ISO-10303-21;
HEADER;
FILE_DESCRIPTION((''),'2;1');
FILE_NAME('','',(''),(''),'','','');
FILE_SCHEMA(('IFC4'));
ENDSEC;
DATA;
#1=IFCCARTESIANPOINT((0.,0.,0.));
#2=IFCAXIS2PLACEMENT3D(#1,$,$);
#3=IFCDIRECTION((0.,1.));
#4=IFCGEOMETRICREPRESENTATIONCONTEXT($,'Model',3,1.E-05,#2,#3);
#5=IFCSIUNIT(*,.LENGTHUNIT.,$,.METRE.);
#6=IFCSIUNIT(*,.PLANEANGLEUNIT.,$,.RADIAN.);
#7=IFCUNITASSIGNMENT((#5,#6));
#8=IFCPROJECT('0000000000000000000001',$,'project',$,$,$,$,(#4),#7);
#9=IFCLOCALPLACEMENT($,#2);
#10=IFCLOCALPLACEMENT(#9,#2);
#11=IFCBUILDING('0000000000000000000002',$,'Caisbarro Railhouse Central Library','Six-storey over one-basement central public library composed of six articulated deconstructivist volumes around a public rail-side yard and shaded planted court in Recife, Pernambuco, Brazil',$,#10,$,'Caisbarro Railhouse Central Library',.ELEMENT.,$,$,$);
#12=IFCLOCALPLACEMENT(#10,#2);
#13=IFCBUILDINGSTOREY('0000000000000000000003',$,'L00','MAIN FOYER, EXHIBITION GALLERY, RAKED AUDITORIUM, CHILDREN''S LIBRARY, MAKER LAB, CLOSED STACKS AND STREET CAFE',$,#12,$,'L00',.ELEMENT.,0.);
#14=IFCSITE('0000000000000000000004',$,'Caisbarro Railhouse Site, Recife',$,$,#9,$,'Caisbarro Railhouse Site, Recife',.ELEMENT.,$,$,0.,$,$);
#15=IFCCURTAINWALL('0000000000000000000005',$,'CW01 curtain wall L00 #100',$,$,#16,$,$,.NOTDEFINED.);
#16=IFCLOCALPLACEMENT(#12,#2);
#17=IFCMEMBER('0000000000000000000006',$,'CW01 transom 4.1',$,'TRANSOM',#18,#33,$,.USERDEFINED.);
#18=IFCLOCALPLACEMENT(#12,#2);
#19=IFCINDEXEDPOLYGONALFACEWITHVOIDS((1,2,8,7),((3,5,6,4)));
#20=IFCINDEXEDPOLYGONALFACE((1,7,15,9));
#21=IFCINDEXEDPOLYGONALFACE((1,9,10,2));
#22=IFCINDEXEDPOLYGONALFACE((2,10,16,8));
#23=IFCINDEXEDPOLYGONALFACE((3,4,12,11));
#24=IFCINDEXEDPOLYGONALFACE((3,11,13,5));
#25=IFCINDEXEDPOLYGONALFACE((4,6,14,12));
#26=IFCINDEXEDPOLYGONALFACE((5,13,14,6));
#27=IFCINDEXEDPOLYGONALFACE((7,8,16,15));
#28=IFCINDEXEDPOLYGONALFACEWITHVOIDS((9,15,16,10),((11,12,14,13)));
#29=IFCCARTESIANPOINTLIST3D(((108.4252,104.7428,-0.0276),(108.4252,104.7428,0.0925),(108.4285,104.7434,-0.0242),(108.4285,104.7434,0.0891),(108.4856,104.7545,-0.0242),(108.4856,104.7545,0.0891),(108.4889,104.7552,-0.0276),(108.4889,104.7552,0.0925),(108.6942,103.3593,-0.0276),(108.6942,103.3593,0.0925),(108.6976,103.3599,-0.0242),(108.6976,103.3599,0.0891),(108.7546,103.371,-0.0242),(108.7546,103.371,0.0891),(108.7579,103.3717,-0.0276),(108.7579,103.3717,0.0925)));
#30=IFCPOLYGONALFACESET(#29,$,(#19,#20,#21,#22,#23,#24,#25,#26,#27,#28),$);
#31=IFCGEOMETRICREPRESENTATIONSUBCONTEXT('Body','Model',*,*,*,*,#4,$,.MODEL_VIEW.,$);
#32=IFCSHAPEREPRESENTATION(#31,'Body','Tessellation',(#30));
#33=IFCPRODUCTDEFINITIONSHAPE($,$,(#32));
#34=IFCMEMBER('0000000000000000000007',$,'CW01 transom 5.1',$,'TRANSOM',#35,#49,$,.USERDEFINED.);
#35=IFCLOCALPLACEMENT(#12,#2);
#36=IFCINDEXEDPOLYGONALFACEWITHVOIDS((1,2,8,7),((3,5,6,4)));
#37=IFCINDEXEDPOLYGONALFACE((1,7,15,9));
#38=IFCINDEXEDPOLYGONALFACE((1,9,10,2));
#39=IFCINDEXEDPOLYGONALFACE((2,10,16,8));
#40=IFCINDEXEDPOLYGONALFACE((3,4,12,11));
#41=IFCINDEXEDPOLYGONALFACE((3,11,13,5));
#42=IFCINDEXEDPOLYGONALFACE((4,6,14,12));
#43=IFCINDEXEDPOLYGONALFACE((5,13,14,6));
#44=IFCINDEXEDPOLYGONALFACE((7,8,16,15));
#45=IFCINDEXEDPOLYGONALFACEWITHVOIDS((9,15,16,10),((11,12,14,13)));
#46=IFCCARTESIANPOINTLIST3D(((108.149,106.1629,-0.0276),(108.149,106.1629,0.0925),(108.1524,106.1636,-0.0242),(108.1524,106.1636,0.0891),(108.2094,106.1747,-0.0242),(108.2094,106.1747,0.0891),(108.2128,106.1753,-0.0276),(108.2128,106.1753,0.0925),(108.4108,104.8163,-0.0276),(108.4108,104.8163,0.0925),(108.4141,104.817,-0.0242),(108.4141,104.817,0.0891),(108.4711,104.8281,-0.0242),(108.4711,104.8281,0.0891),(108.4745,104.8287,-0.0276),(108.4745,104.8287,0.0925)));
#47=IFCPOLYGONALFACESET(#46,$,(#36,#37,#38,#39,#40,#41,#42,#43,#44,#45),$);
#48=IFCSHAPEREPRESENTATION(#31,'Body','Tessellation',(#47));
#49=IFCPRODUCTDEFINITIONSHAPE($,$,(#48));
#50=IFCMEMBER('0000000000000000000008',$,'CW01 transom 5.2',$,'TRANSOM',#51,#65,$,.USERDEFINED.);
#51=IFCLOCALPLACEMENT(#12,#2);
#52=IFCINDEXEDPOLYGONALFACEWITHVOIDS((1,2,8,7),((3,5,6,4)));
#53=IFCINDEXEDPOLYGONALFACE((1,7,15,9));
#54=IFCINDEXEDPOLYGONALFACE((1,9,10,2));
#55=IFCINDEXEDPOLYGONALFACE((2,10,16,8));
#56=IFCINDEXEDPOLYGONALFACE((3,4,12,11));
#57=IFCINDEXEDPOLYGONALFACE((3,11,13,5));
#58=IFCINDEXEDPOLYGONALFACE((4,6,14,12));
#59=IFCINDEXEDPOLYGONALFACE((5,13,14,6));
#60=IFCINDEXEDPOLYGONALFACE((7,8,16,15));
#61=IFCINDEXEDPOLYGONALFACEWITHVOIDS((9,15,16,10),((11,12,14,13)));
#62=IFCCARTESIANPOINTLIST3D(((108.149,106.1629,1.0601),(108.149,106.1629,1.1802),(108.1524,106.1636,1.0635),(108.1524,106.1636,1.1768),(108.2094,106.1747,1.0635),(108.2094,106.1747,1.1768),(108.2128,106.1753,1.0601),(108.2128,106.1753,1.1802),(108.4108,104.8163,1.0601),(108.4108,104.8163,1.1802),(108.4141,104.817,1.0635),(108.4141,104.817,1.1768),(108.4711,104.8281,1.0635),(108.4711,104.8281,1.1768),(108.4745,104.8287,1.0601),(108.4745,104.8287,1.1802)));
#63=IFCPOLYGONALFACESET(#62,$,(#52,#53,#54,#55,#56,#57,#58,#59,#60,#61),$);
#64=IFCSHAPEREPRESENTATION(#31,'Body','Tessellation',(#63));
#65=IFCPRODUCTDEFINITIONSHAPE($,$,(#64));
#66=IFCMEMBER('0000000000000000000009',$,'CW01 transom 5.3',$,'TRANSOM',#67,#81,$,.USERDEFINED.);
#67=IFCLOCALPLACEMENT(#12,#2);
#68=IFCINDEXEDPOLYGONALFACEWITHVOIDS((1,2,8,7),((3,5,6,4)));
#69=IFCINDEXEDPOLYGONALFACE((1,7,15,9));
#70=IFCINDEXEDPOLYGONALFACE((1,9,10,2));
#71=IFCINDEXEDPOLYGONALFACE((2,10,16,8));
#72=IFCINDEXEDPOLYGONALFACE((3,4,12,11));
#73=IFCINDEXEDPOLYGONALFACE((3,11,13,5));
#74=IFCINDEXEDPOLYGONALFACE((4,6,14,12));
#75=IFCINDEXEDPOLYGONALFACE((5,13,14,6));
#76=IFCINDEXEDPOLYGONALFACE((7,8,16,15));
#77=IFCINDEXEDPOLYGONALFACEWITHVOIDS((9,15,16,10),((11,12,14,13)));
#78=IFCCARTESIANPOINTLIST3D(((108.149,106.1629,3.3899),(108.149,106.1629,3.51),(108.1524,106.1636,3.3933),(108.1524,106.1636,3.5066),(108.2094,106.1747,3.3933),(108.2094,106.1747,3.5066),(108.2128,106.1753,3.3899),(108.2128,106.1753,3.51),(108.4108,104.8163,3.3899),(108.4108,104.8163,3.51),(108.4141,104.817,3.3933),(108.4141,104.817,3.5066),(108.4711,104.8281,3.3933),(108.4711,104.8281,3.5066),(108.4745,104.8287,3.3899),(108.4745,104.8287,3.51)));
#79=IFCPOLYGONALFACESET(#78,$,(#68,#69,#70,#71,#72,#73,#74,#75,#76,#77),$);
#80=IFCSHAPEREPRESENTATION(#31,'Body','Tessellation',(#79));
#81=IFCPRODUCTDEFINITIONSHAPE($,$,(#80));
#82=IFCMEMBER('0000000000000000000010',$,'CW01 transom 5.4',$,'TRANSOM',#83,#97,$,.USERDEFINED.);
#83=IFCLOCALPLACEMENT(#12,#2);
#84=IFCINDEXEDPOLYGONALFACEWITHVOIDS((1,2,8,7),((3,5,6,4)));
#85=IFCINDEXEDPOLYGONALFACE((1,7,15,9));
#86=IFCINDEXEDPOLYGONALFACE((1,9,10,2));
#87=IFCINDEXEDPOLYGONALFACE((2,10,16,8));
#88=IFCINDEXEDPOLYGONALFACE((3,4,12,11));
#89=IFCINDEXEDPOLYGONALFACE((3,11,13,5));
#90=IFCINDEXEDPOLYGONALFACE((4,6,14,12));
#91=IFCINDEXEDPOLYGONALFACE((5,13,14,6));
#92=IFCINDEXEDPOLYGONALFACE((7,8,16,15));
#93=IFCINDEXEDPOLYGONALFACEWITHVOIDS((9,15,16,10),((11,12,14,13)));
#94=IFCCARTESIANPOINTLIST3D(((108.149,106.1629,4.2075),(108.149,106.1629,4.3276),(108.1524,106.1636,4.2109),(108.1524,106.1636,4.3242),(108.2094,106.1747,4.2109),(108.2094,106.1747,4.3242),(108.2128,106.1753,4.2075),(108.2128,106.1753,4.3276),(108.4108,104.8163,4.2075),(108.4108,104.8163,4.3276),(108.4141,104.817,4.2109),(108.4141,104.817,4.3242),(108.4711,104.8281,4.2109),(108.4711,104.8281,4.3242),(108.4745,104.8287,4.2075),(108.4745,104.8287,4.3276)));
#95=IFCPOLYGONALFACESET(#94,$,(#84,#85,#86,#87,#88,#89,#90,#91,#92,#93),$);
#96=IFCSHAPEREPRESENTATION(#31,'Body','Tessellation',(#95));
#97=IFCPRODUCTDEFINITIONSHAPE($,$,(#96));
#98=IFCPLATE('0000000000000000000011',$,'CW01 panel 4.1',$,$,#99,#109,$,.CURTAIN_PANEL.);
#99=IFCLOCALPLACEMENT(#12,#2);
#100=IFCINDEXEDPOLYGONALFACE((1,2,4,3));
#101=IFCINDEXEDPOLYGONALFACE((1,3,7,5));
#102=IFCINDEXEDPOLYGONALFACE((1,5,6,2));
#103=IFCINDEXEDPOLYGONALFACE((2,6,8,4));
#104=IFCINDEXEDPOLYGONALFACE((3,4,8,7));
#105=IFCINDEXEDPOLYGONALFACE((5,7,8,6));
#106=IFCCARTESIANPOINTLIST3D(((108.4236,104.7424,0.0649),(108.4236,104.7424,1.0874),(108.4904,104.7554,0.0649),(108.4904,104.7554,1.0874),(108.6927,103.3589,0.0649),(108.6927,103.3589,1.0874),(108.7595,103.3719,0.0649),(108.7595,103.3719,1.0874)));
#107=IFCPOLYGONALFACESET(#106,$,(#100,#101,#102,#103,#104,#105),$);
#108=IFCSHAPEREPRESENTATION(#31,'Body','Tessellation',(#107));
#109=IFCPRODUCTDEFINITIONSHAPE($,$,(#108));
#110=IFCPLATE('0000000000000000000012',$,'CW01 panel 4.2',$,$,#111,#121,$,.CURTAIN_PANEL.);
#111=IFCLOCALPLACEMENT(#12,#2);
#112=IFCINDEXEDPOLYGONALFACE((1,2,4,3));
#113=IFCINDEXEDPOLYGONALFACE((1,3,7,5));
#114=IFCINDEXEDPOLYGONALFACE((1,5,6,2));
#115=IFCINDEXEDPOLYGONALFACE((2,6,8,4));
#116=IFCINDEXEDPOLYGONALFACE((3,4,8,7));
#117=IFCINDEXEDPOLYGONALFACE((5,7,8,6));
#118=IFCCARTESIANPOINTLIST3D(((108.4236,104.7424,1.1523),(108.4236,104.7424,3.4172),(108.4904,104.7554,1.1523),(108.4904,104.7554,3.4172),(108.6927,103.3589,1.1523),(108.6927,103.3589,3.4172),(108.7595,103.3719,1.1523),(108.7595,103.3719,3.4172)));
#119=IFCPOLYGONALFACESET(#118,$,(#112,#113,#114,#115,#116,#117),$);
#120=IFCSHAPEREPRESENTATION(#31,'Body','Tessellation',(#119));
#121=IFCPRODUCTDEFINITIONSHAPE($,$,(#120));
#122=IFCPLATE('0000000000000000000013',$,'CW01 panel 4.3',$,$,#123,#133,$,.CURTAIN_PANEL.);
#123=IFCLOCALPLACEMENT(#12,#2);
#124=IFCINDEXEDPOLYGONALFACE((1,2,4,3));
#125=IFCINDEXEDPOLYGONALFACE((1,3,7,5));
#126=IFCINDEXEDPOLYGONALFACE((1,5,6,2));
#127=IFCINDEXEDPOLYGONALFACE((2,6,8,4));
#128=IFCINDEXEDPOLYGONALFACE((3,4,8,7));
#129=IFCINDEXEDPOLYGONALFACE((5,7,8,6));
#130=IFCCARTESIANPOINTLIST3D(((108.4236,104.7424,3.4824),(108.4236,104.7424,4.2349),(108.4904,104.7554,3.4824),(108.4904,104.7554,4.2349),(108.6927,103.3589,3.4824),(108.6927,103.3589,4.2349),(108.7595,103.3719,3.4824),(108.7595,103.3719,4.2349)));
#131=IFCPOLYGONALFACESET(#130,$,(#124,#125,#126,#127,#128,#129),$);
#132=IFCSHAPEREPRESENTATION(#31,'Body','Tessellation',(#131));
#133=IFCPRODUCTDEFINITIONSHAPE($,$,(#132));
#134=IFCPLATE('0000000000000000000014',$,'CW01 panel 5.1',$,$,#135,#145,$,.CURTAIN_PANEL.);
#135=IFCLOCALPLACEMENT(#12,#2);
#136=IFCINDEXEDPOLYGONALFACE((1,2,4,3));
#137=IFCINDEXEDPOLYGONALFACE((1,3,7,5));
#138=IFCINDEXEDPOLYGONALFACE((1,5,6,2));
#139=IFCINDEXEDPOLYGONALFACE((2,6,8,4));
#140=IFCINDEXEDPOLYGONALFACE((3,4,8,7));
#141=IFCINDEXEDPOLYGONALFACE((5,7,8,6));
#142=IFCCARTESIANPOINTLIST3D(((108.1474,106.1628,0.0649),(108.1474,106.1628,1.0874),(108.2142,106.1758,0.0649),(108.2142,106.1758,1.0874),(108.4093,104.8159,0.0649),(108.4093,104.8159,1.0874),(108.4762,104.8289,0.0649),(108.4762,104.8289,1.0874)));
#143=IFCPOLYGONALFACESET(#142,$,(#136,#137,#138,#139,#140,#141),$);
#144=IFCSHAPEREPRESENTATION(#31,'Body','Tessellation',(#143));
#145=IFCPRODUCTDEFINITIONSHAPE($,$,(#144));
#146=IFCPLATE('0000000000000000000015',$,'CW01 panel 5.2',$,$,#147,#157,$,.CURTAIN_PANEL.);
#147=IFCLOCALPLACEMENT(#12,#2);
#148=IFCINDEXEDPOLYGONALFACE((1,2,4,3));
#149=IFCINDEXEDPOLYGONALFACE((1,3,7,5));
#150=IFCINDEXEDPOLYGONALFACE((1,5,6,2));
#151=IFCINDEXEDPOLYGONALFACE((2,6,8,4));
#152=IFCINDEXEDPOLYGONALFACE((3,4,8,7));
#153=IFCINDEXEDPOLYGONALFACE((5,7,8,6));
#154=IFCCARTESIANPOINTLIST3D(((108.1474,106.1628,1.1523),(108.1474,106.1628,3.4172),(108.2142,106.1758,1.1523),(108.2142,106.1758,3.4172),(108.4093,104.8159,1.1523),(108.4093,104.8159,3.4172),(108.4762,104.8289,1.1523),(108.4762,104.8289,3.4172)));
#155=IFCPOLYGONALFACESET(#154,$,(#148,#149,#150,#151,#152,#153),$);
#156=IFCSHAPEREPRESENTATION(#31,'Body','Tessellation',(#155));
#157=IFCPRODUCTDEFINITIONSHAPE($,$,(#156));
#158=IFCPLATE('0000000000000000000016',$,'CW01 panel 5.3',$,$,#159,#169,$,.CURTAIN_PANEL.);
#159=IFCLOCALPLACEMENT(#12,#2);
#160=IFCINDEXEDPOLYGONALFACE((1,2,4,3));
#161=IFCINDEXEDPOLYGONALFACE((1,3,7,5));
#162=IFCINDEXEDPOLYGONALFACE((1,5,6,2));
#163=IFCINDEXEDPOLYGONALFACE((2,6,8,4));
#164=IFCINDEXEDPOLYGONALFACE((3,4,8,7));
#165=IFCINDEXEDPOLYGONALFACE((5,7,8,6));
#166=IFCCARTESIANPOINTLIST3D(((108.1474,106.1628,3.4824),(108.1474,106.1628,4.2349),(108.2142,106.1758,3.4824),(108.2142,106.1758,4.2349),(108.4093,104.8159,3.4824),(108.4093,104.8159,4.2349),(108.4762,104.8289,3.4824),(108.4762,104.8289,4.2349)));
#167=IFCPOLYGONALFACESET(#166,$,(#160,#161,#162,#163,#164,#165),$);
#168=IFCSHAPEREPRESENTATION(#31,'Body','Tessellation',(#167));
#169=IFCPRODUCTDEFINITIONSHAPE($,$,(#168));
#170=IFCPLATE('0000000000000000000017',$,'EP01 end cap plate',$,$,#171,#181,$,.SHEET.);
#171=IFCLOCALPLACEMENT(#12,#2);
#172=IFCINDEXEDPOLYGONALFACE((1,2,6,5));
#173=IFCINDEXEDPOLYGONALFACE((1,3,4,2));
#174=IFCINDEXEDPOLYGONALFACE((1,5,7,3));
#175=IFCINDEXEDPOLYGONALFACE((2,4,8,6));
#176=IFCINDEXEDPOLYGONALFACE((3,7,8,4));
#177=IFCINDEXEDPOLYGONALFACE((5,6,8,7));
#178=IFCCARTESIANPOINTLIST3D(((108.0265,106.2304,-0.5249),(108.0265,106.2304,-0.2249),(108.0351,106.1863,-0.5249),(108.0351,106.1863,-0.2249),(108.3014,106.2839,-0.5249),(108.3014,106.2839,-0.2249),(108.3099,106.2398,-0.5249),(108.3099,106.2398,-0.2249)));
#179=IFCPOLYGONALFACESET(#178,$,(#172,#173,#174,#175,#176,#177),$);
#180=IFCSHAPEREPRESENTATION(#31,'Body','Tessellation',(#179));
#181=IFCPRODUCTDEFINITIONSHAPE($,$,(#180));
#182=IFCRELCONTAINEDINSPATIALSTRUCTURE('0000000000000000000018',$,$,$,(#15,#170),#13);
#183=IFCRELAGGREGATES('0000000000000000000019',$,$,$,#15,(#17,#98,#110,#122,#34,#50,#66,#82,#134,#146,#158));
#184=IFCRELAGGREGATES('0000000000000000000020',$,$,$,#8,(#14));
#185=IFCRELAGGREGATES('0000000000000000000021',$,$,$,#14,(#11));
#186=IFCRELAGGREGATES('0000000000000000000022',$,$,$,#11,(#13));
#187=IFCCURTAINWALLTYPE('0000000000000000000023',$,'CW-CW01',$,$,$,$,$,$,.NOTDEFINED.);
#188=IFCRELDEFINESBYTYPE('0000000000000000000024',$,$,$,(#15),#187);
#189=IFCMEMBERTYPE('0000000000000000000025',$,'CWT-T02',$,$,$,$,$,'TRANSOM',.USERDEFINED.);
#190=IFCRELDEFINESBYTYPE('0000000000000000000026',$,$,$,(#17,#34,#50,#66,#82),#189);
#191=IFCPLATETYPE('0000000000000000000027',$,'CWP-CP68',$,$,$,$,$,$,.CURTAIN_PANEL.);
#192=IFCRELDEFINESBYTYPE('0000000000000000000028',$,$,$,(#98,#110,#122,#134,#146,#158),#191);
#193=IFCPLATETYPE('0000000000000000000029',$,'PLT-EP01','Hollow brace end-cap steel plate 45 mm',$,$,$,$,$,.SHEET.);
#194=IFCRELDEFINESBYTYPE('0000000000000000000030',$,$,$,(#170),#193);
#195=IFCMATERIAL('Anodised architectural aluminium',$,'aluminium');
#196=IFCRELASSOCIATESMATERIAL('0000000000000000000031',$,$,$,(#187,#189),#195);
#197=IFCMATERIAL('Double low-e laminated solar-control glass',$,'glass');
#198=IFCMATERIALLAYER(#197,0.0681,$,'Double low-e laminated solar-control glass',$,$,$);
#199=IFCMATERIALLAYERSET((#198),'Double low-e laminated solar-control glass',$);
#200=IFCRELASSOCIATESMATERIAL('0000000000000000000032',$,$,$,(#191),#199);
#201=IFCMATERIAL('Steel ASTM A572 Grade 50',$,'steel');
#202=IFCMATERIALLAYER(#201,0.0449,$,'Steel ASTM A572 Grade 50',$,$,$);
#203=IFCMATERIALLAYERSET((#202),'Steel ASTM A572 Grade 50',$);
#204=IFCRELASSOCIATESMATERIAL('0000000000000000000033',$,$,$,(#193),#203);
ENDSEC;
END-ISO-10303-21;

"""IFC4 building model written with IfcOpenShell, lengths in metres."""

from ifc_helpers import new_model, si_unit, direction, frame, origin, origin_2d, place, context, subcontext, project, spatial, rectangle, hollow_rectangle, extrude, material, layer, layer_set, material_profile, profile_set, type_object, element, aggregate, save


model = new_model("IFC4")

# Units and contexts
model_context = context("Model", 3, precision=1e-05, world=origin(), true_north=direction((0.0, 1.0)))
body_context = subcontext(model_context, "Body", "Model", "MODEL_VIEW")
ifc_project = project(units=[si_unit("LENGTHUNIT", "METRE"), si_unit("PLANEANGLEUNIT", "RADIAN")], contexts=[model_context])

# Site, building, storey
site_placement = place(None, origin())
site = spatial("IfcSite", under=ifc_project, at=site_placement, Name="Caisbarro Railhouse Site, Recife", LongName="Caisbarro Railhouse Site, Recife", CompositionType="ELEMENT", RefElevation=0.0)
building_placement = place(site_placement, origin())
building = spatial("IfcBuilding", under=site, at=building_placement, Name="Caisbarro Railhouse Central Library", Description="Six-storey over one-basement central public library composed of six articulated deconstructivist volumes around a public rail-side yard and shaded planted court in Recife, Pernambuco, Brazil", LongName="Caisbarro Railhouse Central Library", CompositionType="ELEMENT")
storey_placement = place(building_placement, origin())
storey = spatial("IfcBuildingStorey", under=building, at=storey_placement, Name="L00", Description="MAIN FOYER, EXHIBITION GALLERY, RAKED AUDITORIUM, CHILDREN'S LIBRARY, MAKER LAB, CLOSED STACKS AND STREET CAFE", LongName="L00", CompositionType="ELEMENT", Elevation=0.0)

# Shared definitions
ifc_material_1 = material(Name="Steel ASTM A572 Grade 50", Category="steel")

# Curtain wall, members, plates
ifc_material_2 = material(Name="Anodised architectural aluminium", Category="aluminium")
curtain_wall_type = type_object("IfcCurtainWallType", Name="CW-CW01", PredefinedType="NOTDEFINED", material=ifc_material_2)
curtain_wall_placement = place(storey_placement, origin())
curtain_wall = element("IfcCurtainWall", 1, at=curtain_wall_placement, inside=storey, type_object=curtain_wall_type, Name="CW01 curtain wall L00 #100", PredefinedType="NOTDEFINED")
ifc_material_profile_1 = material_profile(ifc_material_2, hollow_rectangle(XDim=0.0649, YDim=0.1201, WallThickness=0.0034, at=origin_2d()), Name="ALU-TRN-65X120")
ifc_profile_set_1 = profile_set([ifc_material_profile_1], Name="Anodised architectural aluminium")
member_type_1 = type_object("IfcMemberType", Name="CWT-T02", ElementType="TRANSOM", PredefinedType="USERDEFINED", material=ifc_profile_set_1)
member_1_placement = place(storey_placement, frame((108.7261, 103.3655, 0.0325), z_axis=(-0.190884, 0.981613, 0.0), x_axis=(-0.981613, -0.190884, 0.0)))
member_1 = element("IfcMember", 2, at=member_1_placement, type_object=member_type_1, Name="CW01 transom 4.1", ObjectType="TRANSOM", PredefinedType="USERDEFINED", context=body_context, shape_type="SweptSolid", body=[
    extrude(hollow_rectangle(XDim=0.0649, YDim=0.1201, WallThickness=0.0034, at=origin_2d()), origin(), (0.0, 0.0, 1.0), 1.4094),
])
member_2_placement = place(storey_placement, frame((108.4426, 104.8225, 0.0325), z_axis=(-0.190774, 0.981634, 0.0), x_axis=(-0.981634, -0.190774, 0.0)))
member_2 = element("IfcMember", 3, at=member_2_placement, type_object=member_type_1, Name="CW01 transom 5.1", ObjectType="TRANSOM", PredefinedType="USERDEFINED", context=body_context, shape_type="SweptSolid", body=[
    extrude(hollow_rectangle(XDim=0.0649, YDim=0.1201, WallThickness=0.0034, at=origin_2d()), origin(), (0.0, 0.0, 1.0), 1.3718),
])
member_3_placement = place(storey_placement, frame((108.4426, 104.8225, 1.1201), z_axis=(-0.190774, 0.981634, 0.0), x_axis=(-0.981634, -0.190774, 0.0)))
member_3 = element("IfcMember", 4, at=member_3_placement, type_object=member_type_1, Name="CW01 transom 5.2", ObjectType="TRANSOM", PredefinedType="USERDEFINED", context=body_context, shape_type="SweptSolid", body=[
    extrude(hollow_rectangle(XDim=0.0649, YDim=0.1201, WallThickness=0.0034, at=origin_2d()), origin(), (0.0, 0.0, 1.0), 1.3718),
])
member_4_placement = place(storey_placement, frame((108.4426, 104.8225, 3.45), z_axis=(-0.190774, 0.981634, 0.0), x_axis=(-0.981634, -0.190774, 0.0)))
member_4 = element("IfcMember", 5, at=member_4_placement, type_object=member_type_1, Name="CW01 transom 5.3", ObjectType="TRANSOM", PredefinedType="USERDEFINED", context=body_context, shape_type="SweptSolid", body=[
    extrude(hollow_rectangle(XDim=0.0649, YDim=0.1201, WallThickness=0.0034, at=origin_2d()), origin(), (0.0, 0.0, 1.0), 1.3718),
])
member_5_placement = place(storey_placement, frame((108.4426, 104.8225, 4.2676), z_axis=(-0.190774, 0.981634, 0.0), x_axis=(-0.981634, -0.190774, 0.0)))
member_5 = element("IfcMember", 6, at=member_5_placement, type_object=member_type_1, Name="CW01 transom 5.4", ObjectType="TRANSOM", PredefinedType="USERDEFINED", context=body_context, shape_type="SweptSolid", body=[
    extrude(hollow_rectangle(XDim=0.0649, YDim=0.1201, WallThickness=0.0034, at=origin_2d()), origin(), (0.0, 0.0, 1.0), 1.3718),
])
ifc_material_3 = material(Name="Double low-e laminated solar-control glass", Category="glass")
ifc_layer_1 = layer(ifc_material_3, 0.0681, Name="Double low-e laminated solar-control glass")
ifc_layer_set_1 = layer_set([ifc_layer_1], Name="Double low-e laminated solar-control glass")
plate_type_1 = type_object("IfcPlateType", Name="CWP-CP68", PredefinedType="CURTAIN_PANEL", material=ifc_layer_set_1)
plate_1_placement = place(storey_placement, frame((108.5916, 104.0571, 0.0649), z_axis=(0.0, 0.0, 1.0), x_axis=(-0.190911, 0.981607, 0.0)))
plate_1 = element("IfcPlate", 7, at=plate_1_placement, type_object=plate_type_1, Name="CW01 panel 4.1", PredefinedType="CURTAIN_PANEL", context=body_context, shape_type="SweptSolid", body=[
    extrude(rectangle(XDim=1.4094, YDim=0.0681, at=origin_2d()), origin(), (0.0, 0.0, 1.0), 1.0225),
])
plate_2_placement = place(storey_placement, frame((108.5916, 104.0571, 1.1523), z_axis=(0.0, 0.0, 1.0), x_axis=(-0.190911, 0.981607, 0.0)))
plate_2 = element("IfcPlate", 8, at=plate_2_placement, type_object=plate_type_1, Name="CW01 panel 4.2", PredefinedType="CURTAIN_PANEL", context=body_context, shape_type="SweptSolid", body=[
    extrude(rectangle(XDim=1.4094, YDim=0.0681, at=origin_2d()), origin(), (0.0, 0.0, 1.0), 2.2649),
])
plate_3_placement = place(storey_placement, frame((108.5916, 104.0571, 3.4824), z_axis=(0.0, 0.0, 1.0), x_axis=(-0.190911, 0.981607, 0.0)))
plate_3 = element("IfcPlate", 9, at=plate_3_placement, type_object=plate_type_1, Name="CW01 panel 4.3", PredefinedType="CURTAIN_PANEL", context=body_context, shape_type="SweptSolid", body=[
    extrude(rectangle(XDim=1.4094, YDim=0.0681, at=origin_2d()), origin(), (0.0, 0.0, 1.0), 0.7524),
])
plate_4_placement = place(storey_placement, frame((108.3118, 105.4958, 0.0649), z_axis=(0.0, 0.0, 1.0), x_axis=(-0.190911, 0.981607, 0.0)))
plate_4 = element("IfcPlate", 10, at=plate_4_placement, type_object=plate_type_1, Name="CW01 panel 5.1", PredefinedType="CURTAIN_PANEL", context=body_context, shape_type="SweptSolid", body=[
    extrude(rectangle(XDim=1.3721, YDim=0.0681, at=origin_2d()), origin(), (0.0, 0.0, 1.0), 1.0225),
])
plate_5_placement = place(storey_placement, frame((108.3118, 105.4958, 1.1523), z_axis=(0.0, 0.0, 1.0), x_axis=(-0.190911, 0.981607, 0.0)))
plate_5 = element("IfcPlate", 11, at=plate_5_placement, type_object=plate_type_1, Name="CW01 panel 5.2", PredefinedType="CURTAIN_PANEL", context=body_context, shape_type="SweptSolid", body=[
    extrude(rectangle(XDim=1.3721, YDim=0.0681, at=origin_2d()), origin(), (0.0, 0.0, 1.0), 2.2649),
])
plate_6_placement = place(storey_placement, frame((108.3118, 105.4958, 3.4824), z_axis=(0.0, 0.0, 1.0), x_axis=(-0.190911, 0.981607, 0.0)))
plate_6 = element("IfcPlate", 12, at=plate_6_placement, type_object=plate_type_1, Name="CW01 panel 5.3", PredefinedType="CURTAIN_PANEL", context=body_context, shape_type="SweptSolid", body=[
    extrude(rectangle(XDim=1.3721, YDim=0.0681, at=origin_2d()), origin(), (0.0, 0.0, 1.0), 0.7524),
])
aggregate(curtain_wall, [member_1, plate_1, plate_2, plate_3, member_2, member_3, member_4, member_5, plate_4, plate_5, plate_6])

# Plate
ifc_layer_2 = layer(ifc_material_1, 0.0449, Name="Steel ASTM A572 Grade 50")
ifc_layer_set_2 = layer_set([ifc_layer_2], Name="Steel ASTM A572 Grade 50")
plate_type_2 = type_object("IfcPlateType", Name="PLT-EP01", Description="Hollow brace end-cap steel plate 45 mm", PredefinedType="SHEET", material=ifc_layer_set_2)
plate_7_placement = place(storey_placement, frame((108.1682, 106.2351, -0.5249), z_axis=(0.0, 0.0, 1.0), x_axis=(-0.190809, 0.981627, 0.0)))
element("IfcPlate", 13, at=plate_7_placement, inside=storey, type_object=plate_type_2, Name="EP01 end cap plate", PredefinedType="SHEET", context=body_context, shape_type="SweptSolid", body=[
    extrude(rectangle(XDim=0.0449, YDim=0.28, at=origin_2d()), origin(), (0.0, 0.0, 1.0), 0.3),
])

save(model, "model.ifc")
